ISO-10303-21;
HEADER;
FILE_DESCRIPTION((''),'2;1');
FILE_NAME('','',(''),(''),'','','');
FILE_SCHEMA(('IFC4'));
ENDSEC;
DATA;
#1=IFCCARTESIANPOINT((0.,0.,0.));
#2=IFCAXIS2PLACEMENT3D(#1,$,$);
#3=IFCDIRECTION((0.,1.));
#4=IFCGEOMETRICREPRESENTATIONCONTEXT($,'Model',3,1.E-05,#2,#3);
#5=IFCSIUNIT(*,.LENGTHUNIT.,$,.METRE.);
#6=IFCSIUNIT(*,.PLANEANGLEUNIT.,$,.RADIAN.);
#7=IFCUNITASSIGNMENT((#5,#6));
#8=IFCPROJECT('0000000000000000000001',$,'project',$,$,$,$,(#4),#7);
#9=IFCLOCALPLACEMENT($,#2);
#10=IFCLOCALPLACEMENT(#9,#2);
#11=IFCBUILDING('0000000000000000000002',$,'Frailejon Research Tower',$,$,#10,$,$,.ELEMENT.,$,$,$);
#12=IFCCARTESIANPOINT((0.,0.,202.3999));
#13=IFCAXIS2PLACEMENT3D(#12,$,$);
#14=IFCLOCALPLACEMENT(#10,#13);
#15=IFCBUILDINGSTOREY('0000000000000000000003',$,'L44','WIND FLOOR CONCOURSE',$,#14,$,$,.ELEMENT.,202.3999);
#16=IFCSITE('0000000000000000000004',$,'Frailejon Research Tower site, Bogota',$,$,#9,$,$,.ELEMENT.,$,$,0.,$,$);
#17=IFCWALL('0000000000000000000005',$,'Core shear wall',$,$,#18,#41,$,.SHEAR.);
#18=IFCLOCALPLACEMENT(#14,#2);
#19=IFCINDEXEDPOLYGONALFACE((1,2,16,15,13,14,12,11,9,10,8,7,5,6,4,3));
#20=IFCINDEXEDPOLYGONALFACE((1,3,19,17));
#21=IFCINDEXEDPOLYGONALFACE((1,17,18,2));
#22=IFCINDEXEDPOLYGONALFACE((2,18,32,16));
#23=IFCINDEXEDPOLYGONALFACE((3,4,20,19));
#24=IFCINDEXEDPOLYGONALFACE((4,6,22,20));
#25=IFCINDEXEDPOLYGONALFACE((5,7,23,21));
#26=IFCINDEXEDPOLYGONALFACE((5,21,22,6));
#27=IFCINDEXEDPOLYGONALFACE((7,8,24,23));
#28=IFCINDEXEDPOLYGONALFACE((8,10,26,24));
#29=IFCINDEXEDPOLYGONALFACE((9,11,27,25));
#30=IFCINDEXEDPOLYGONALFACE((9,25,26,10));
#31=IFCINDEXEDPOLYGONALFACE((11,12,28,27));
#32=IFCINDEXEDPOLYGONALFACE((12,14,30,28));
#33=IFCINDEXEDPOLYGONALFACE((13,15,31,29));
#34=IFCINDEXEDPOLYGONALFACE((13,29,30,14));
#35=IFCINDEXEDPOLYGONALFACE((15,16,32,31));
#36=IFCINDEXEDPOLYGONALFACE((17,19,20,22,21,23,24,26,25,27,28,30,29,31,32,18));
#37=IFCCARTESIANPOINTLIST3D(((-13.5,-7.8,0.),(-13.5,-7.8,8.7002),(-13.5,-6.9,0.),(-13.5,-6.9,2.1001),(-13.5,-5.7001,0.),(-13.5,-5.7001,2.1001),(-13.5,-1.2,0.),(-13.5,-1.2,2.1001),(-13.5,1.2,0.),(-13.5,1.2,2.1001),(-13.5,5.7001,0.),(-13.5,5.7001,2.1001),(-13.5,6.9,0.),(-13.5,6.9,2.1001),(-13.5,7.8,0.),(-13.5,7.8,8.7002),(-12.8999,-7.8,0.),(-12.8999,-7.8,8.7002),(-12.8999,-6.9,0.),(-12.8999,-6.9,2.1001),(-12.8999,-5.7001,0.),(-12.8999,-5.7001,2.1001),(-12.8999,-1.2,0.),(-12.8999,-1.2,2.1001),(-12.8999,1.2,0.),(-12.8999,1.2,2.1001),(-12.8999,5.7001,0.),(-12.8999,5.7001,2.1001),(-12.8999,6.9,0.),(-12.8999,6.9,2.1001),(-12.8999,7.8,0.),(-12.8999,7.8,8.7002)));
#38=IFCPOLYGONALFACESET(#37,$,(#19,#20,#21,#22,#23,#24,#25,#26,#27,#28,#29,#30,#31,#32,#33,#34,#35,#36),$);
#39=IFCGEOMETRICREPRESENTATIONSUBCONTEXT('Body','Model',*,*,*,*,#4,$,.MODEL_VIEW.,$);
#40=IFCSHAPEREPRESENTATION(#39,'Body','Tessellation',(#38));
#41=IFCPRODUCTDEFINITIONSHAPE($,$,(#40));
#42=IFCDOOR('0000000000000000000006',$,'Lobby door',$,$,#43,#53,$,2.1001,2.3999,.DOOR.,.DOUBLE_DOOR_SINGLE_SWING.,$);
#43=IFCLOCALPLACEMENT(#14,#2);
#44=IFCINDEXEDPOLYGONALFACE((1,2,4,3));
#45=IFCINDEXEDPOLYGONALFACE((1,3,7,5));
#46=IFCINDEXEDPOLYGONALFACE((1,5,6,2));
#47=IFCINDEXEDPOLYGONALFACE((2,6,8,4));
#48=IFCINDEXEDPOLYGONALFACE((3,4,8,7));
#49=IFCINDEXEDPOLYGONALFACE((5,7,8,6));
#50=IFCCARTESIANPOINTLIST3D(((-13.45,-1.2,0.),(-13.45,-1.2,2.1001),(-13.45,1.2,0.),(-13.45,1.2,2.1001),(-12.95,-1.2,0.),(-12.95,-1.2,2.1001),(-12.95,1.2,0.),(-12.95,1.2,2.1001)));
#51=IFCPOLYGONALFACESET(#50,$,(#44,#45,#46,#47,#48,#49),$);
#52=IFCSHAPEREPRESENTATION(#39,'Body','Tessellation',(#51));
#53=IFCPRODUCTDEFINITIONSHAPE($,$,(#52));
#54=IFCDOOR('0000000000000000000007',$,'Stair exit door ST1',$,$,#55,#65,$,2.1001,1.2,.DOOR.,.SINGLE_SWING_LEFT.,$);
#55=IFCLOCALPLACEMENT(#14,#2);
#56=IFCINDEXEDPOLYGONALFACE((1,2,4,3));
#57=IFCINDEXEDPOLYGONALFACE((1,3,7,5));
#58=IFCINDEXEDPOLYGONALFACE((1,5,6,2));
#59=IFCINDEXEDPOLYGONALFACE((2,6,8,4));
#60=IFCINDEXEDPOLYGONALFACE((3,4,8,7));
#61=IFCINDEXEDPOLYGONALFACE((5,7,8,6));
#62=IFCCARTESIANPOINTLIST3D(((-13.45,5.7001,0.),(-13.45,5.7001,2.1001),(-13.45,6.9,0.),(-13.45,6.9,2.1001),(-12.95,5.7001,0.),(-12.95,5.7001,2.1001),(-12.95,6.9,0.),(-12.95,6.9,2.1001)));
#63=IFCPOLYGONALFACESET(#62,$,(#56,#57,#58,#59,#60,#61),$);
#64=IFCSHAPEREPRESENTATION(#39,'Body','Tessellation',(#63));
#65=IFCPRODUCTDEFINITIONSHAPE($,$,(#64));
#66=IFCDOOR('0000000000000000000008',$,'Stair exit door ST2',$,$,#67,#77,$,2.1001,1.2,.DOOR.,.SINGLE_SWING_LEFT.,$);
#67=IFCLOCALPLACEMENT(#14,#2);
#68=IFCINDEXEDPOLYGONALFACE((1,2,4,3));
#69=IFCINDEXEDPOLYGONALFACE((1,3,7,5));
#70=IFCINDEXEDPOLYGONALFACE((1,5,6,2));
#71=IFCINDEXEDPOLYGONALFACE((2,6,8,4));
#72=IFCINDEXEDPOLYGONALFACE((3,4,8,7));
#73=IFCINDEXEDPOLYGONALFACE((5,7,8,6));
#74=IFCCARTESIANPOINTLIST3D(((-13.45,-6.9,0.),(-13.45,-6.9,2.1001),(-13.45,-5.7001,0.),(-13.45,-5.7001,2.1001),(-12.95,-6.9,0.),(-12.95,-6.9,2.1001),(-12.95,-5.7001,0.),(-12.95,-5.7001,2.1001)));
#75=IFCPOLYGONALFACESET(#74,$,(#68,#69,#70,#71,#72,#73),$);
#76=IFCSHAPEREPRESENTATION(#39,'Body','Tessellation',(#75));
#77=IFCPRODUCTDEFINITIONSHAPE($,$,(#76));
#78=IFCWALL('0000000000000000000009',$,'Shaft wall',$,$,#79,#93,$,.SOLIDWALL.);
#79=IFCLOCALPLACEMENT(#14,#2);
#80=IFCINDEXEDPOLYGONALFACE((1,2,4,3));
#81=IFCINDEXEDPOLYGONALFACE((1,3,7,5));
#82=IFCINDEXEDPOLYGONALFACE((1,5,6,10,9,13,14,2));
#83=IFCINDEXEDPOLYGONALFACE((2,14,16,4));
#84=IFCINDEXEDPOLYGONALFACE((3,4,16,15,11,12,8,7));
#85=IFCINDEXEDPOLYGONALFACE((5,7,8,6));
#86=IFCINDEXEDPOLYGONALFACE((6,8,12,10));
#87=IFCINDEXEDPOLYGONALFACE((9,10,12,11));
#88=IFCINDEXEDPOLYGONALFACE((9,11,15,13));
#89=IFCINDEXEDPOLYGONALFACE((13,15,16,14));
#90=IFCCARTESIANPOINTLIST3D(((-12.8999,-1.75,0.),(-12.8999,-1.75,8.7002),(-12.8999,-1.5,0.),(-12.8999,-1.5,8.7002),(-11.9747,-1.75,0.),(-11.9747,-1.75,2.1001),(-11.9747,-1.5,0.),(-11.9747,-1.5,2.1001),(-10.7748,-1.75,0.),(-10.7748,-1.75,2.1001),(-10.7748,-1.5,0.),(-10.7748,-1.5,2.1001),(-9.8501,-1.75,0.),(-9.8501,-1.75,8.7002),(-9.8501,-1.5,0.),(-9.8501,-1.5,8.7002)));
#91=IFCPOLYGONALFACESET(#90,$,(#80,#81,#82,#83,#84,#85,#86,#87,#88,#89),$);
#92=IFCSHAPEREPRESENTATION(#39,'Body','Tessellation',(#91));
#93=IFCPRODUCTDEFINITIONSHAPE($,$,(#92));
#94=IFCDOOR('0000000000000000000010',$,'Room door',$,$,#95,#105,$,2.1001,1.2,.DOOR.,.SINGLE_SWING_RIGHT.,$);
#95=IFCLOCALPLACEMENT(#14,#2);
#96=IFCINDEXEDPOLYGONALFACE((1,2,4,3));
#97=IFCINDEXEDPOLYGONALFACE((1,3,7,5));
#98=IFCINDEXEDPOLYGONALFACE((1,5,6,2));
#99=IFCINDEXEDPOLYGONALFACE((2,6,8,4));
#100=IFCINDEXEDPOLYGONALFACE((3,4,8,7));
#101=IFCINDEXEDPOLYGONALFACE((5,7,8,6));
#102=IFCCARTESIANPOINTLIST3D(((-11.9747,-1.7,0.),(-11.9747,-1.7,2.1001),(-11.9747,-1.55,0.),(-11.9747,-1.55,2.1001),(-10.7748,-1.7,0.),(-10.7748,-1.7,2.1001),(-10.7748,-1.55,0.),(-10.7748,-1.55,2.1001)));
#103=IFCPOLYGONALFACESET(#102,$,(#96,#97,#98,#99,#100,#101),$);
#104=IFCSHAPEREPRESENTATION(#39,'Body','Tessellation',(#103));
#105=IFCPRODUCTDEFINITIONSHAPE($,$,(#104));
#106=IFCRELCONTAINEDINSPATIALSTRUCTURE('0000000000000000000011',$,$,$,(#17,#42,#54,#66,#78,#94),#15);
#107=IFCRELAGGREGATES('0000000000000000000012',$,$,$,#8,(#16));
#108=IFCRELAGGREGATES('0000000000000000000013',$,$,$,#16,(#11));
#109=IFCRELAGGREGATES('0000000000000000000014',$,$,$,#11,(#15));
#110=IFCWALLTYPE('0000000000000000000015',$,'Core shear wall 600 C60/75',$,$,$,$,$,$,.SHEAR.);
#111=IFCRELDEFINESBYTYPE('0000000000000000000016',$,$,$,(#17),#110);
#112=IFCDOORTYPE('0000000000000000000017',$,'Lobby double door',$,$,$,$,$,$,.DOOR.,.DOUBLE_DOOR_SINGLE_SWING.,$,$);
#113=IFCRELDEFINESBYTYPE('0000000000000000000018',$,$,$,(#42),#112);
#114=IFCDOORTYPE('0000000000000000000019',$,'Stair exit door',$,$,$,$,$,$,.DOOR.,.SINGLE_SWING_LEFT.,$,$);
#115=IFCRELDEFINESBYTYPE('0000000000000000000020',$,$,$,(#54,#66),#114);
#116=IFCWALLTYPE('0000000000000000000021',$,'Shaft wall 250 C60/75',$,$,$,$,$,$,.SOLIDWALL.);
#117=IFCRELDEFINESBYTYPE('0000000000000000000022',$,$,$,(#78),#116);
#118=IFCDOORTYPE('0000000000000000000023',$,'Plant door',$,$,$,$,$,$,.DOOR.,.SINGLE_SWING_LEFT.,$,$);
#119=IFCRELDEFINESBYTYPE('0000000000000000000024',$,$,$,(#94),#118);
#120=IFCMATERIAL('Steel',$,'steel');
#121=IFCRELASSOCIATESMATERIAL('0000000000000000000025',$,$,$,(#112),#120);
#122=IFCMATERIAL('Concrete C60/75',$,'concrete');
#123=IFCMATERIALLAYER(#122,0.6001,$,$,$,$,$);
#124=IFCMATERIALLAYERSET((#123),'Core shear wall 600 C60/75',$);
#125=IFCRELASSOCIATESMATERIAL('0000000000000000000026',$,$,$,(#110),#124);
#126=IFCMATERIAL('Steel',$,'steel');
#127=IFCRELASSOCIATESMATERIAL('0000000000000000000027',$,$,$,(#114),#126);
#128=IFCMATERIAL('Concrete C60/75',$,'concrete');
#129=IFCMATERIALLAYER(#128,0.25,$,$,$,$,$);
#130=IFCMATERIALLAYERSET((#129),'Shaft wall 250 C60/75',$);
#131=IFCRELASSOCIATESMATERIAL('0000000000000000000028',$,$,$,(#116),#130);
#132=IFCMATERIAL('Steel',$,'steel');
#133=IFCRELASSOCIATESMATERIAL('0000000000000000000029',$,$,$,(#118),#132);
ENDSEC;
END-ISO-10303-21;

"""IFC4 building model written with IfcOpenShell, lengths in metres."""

from ifc_helpers import new_model, si_unit, direction, frame, frame_2d, origin, place, context, subcontext, project, spatial, rectangle, extrude, material, layer, layer_set, type_object, element, fill, save


model = new_model("IFC4")

# Units and contexts
model_context = context("Model", 3, precision=1e-05, world=origin(), true_north=direction((0.0, 1.0)))
body_context = subcontext(model_context, "Body", "Model", "MODEL_VIEW")
ifc_project = project(units=[si_unit("LENGTHUNIT", "METRE"), si_unit("PLANEANGLEUNIT", "RADIAN")], contexts=[model_context])

# Site, building, storey
site_placement = place(None, origin())
site = spatial("IfcSite", under=ifc_project, at=site_placement, Name="Frailejon Research Tower site, Bogota", CompositionType="ELEMENT", RefElevation=0.0)
building_placement = place(site_placement, origin())
building = spatial("IfcBuilding", under=site, at=building_placement, Name="Frailejon Research Tower", CompositionType="ELEMENT")
storey_placement = place(building_placement, frame((0.0, 0.0, 202.3999)))
storey = spatial("IfcBuildingStorey", under=building, at=storey_placement, Name="L44", Description="WIND FLOOR CONCOURSE", CompositionType="ELEMENT", Elevation=202.3999)

# Shared definitions
ifc_material_1 = material(Name="Steel", Category="steel")
door_type_1 = type_object("IfcDoorType", Name="Lobby double door", OperationType="DOUBLE_DOOR_SINGLE_SWING", PredefinedType="DOOR", material=ifc_material_1)

# Shared definitions
ifc_material_2 = material(Name="Concrete C60/75", Category="concrete")
ifc_layer_1 = layer(ifc_material_2, 0.6001)
ifc_layer_set_1 = layer_set([ifc_layer_1], Name="Core shear wall 600 C60/75")
wall_type_1 = type_object("IfcWallType", Name="Core shear wall 600 C60/75", PredefinedType="SHEAR", material=ifc_layer_set_1)

# Wall, openings, doors
wall_1_placement = place(storey_placement, frame((-13.2, -7.8, 0.0), z_axis=(0.0, 0.0, 1.0), x_axis=(0.0, 1.0, 0.0)))
wall_1 = element("IfcWall", 1, at=wall_1_placement, inside=storey, type_object=wall_type_1, Name="Core shear wall", PredefinedType="SHEAR", context=body_context, shape_type="SweptSolid", body=[
    extrude(rectangle(XDim=15.6001, YDim=0.6001, at=frame_2d((7.8, 0.0))), origin(), (0.0, 0.0, 1.0), 8.7002),
])
opening_1_placement = place(wall_1_placement, frame((6.6001, 0.0, 0.0)))
opening_1 = element("IfcOpeningElement", 2, at=opening_1_placement, cuts=wall_1, PredefinedType="OPENING", context=body_context, shape_type="SweptSolid", body=[
    extrude(rectangle(XDim=2.3999, YDim=2.1001, at=frame_2d((1.2, 1.05))), frame((0.0, 0.3101, 0.0), z_axis=(0.0, -1.0, 0.0), x_axis=(1.0, 0.0, 0.0)), (0.0, 0.0, 1.0), 0.6201),
])
opening_2_placement = place(wall_1_placement, frame((13.5, 0.0, 0.0)))
opening_2 = element("IfcOpeningElement", 3, at=opening_2_placement, cuts=wall_1, PredefinedType="OPENING", context=body_context, shape_type="SweptSolid", body=[
    extrude(rectangle(XDim=1.2, YDim=2.1001, at=frame_2d((0.6001, 1.05))), frame((0.0, 0.3101, 0.0), z_axis=(0.0, -1.0, 0.0), x_axis=(1.0, 0.0, 0.0)), (0.0, 0.0, 1.0), 0.6201),
])
opening_3_placement = place(wall_1_placement, frame((0.8999, 0.0, 0.0)))
opening_3 = element("IfcOpeningElement", 4, at=opening_3_placement, cuts=wall_1, PredefinedType="OPENING", context=body_context, shape_type="SweptSolid", body=[
    extrude(rectangle(XDim=1.2, YDim=2.1001, at=frame_2d((0.6001, 1.05))), frame((0.0, 0.3101, 0.0), z_axis=(0.0, -1.0, 0.0), x_axis=(1.0, 0.0, 0.0)), (0.0, 0.0, 1.0), 0.6201),
])
door_1_placement = place(opening_1_placement, origin())
door_1 = element("IfcDoor", 5, at=door_1_placement, inside=storey, type_object=door_type_1, Name="Lobby door", OperationType="DOUBLE_DOOR_SINGLE_SWING", OverallHeight=2.1001, OverallWidth=2.3999, PredefinedType="DOOR", context=body_context, shape_type="SweptSolid", body=[
    extrude(rectangle(XDim=2.3999, YDim=2.1001, at=frame_2d((1.2, 1.05))), frame((0.0, 0.25, 0.0), z_axis=(0.0, -1.0, 0.0), x_axis=(1.0, 0.0, 0.0)), (0.0, 0.0, 1.0), 0.5),
])
fill(opening_1, door_1)
ifc_material_3 = material(Name="Steel", Category="steel")
door_type_2 = type_object("IfcDoorType", Name="Stair exit door", OperationType="SINGLE_SWING_LEFT", PredefinedType="DOOR", material=ifc_material_3)
door_2_placement = place(opening_2_placement, origin())
door_2 = element("IfcDoor", 6, at=door_2_placement, inside=storey, type_object=door_type_2, Name="Stair exit door ST1", OperationType="SINGLE_SWING_LEFT", OverallHeight=2.1001, OverallWidth=1.2, PredefinedType="DOOR", context=body_context, shape_type="SweptSolid", body=[
    extrude(rectangle(XDim=1.2, YDim=2.1001, at=frame_2d((0.6001, 1.05))), frame((0.0, 0.25, 0.0), z_axis=(0.0, -1.0, 0.0), x_axis=(1.0, 0.0, 0.0)), (0.0, 0.0, 1.0), 0.5),
])
fill(opening_2, door_2)
door_3_placement = place(opening_3_placement, origin())
door_3 = element("IfcDoor", 7, at=door_3_placement, inside=storey, type_object=door_type_2, Name="Stair exit door ST2", OperationType="SINGLE_SWING_LEFT", OverallHeight=2.1001, OverallWidth=1.2, PredefinedType="DOOR", context=body_context, shape_type="SweptSolid", body=[
    extrude(rectangle(XDim=1.2, YDim=2.1001, at=frame_2d((0.6001, 1.05))), frame((0.0, 0.25, 0.0), z_axis=(0.0, -1.0, 0.0), x_axis=(1.0, 0.0, 0.0)), (0.0, 0.0, 1.0), 0.5),
])
fill(opening_3, door_3)

# Wall, opening, door
ifc_material_4 = material(Name="Concrete C60/75", Category="concrete")
ifc_layer_2 = layer(ifc_material_4, 0.25)
ifc_layer_set_2 = layer_set([ifc_layer_2], Name="Shaft wall 250 C60/75")
wall_type_2 = type_object("IfcWallType", Name="Shaft wall 250 C60/75", PredefinedType="SOLIDWALL", material=ifc_layer_set_2)
wall_2_placement = place(storey_placement, frame((-12.8999, -1.625, 0.0), z_axis=(0.0, 0.0, 1.0), x_axis=(1.0, 0.0, 0.0)))
wall_2 = element("IfcWall", 8, at=wall_2_placement, inside=storey, type_object=wall_type_2, Name="Shaft wall", PredefinedType="SOLIDWALL", context=body_context, shape_type="SweptSolid", body=[
    extrude(rectangle(XDim=3.0498, YDim=0.25, at=frame_2d((1.5249, 0.0))), origin(), (0.0, 0.0, 1.0), 8.7002),
])
opening_4_placement = place(wall_2_placement, frame((0.925, 0.0, 0.0)))
opening_4 = element("IfcOpeningElement", 9, at=opening_4_placement, cuts=wall_2, PredefinedType="OPENING", context=body_context, shape_type="SweptSolid", body=[
    extrude(rectangle(XDim=1.2, YDim=2.1001, at=frame_2d((0.6001, 1.05))), frame((0.0, 0.135, 0.0), z_axis=(0.0, -1.0, 0.0), x_axis=(1.0, 0.0, 0.0)), (0.0, 0.0, 1.0), 0.27),
])
ifc_material_5 = material(Name="Steel", Category="steel")
door_type_3 = type_object("IfcDoorType", Name="Plant door", OperationType="SINGLE_SWING_LEFT", PredefinedType="DOOR", material=ifc_material_5)
door_4_placement = place(opening_4_placement, origin())
door_4 = element("IfcDoor", 10, at=door_4_placement, inside=storey, type_object=door_type_3, Name="Room door", OperationType="SINGLE_SWING_RIGHT", OverallHeight=2.1001, OverallWidth=1.2, PredefinedType="DOOR", context=body_context, shape_type="SweptSolid", body=[
    extrude(rectangle(XDim=1.2, YDim=2.1001, at=frame_2d((0.6001, 1.05))), frame((0.0, 0.075, 0.0), z_axis=(0.0, -1.0, 0.0), x_axis=(1.0, 0.0, 0.0)), (0.0, 0.0, 1.0), 0.1499),
])
fill(opening_4, door_4)

save(model, "model.ifc")
